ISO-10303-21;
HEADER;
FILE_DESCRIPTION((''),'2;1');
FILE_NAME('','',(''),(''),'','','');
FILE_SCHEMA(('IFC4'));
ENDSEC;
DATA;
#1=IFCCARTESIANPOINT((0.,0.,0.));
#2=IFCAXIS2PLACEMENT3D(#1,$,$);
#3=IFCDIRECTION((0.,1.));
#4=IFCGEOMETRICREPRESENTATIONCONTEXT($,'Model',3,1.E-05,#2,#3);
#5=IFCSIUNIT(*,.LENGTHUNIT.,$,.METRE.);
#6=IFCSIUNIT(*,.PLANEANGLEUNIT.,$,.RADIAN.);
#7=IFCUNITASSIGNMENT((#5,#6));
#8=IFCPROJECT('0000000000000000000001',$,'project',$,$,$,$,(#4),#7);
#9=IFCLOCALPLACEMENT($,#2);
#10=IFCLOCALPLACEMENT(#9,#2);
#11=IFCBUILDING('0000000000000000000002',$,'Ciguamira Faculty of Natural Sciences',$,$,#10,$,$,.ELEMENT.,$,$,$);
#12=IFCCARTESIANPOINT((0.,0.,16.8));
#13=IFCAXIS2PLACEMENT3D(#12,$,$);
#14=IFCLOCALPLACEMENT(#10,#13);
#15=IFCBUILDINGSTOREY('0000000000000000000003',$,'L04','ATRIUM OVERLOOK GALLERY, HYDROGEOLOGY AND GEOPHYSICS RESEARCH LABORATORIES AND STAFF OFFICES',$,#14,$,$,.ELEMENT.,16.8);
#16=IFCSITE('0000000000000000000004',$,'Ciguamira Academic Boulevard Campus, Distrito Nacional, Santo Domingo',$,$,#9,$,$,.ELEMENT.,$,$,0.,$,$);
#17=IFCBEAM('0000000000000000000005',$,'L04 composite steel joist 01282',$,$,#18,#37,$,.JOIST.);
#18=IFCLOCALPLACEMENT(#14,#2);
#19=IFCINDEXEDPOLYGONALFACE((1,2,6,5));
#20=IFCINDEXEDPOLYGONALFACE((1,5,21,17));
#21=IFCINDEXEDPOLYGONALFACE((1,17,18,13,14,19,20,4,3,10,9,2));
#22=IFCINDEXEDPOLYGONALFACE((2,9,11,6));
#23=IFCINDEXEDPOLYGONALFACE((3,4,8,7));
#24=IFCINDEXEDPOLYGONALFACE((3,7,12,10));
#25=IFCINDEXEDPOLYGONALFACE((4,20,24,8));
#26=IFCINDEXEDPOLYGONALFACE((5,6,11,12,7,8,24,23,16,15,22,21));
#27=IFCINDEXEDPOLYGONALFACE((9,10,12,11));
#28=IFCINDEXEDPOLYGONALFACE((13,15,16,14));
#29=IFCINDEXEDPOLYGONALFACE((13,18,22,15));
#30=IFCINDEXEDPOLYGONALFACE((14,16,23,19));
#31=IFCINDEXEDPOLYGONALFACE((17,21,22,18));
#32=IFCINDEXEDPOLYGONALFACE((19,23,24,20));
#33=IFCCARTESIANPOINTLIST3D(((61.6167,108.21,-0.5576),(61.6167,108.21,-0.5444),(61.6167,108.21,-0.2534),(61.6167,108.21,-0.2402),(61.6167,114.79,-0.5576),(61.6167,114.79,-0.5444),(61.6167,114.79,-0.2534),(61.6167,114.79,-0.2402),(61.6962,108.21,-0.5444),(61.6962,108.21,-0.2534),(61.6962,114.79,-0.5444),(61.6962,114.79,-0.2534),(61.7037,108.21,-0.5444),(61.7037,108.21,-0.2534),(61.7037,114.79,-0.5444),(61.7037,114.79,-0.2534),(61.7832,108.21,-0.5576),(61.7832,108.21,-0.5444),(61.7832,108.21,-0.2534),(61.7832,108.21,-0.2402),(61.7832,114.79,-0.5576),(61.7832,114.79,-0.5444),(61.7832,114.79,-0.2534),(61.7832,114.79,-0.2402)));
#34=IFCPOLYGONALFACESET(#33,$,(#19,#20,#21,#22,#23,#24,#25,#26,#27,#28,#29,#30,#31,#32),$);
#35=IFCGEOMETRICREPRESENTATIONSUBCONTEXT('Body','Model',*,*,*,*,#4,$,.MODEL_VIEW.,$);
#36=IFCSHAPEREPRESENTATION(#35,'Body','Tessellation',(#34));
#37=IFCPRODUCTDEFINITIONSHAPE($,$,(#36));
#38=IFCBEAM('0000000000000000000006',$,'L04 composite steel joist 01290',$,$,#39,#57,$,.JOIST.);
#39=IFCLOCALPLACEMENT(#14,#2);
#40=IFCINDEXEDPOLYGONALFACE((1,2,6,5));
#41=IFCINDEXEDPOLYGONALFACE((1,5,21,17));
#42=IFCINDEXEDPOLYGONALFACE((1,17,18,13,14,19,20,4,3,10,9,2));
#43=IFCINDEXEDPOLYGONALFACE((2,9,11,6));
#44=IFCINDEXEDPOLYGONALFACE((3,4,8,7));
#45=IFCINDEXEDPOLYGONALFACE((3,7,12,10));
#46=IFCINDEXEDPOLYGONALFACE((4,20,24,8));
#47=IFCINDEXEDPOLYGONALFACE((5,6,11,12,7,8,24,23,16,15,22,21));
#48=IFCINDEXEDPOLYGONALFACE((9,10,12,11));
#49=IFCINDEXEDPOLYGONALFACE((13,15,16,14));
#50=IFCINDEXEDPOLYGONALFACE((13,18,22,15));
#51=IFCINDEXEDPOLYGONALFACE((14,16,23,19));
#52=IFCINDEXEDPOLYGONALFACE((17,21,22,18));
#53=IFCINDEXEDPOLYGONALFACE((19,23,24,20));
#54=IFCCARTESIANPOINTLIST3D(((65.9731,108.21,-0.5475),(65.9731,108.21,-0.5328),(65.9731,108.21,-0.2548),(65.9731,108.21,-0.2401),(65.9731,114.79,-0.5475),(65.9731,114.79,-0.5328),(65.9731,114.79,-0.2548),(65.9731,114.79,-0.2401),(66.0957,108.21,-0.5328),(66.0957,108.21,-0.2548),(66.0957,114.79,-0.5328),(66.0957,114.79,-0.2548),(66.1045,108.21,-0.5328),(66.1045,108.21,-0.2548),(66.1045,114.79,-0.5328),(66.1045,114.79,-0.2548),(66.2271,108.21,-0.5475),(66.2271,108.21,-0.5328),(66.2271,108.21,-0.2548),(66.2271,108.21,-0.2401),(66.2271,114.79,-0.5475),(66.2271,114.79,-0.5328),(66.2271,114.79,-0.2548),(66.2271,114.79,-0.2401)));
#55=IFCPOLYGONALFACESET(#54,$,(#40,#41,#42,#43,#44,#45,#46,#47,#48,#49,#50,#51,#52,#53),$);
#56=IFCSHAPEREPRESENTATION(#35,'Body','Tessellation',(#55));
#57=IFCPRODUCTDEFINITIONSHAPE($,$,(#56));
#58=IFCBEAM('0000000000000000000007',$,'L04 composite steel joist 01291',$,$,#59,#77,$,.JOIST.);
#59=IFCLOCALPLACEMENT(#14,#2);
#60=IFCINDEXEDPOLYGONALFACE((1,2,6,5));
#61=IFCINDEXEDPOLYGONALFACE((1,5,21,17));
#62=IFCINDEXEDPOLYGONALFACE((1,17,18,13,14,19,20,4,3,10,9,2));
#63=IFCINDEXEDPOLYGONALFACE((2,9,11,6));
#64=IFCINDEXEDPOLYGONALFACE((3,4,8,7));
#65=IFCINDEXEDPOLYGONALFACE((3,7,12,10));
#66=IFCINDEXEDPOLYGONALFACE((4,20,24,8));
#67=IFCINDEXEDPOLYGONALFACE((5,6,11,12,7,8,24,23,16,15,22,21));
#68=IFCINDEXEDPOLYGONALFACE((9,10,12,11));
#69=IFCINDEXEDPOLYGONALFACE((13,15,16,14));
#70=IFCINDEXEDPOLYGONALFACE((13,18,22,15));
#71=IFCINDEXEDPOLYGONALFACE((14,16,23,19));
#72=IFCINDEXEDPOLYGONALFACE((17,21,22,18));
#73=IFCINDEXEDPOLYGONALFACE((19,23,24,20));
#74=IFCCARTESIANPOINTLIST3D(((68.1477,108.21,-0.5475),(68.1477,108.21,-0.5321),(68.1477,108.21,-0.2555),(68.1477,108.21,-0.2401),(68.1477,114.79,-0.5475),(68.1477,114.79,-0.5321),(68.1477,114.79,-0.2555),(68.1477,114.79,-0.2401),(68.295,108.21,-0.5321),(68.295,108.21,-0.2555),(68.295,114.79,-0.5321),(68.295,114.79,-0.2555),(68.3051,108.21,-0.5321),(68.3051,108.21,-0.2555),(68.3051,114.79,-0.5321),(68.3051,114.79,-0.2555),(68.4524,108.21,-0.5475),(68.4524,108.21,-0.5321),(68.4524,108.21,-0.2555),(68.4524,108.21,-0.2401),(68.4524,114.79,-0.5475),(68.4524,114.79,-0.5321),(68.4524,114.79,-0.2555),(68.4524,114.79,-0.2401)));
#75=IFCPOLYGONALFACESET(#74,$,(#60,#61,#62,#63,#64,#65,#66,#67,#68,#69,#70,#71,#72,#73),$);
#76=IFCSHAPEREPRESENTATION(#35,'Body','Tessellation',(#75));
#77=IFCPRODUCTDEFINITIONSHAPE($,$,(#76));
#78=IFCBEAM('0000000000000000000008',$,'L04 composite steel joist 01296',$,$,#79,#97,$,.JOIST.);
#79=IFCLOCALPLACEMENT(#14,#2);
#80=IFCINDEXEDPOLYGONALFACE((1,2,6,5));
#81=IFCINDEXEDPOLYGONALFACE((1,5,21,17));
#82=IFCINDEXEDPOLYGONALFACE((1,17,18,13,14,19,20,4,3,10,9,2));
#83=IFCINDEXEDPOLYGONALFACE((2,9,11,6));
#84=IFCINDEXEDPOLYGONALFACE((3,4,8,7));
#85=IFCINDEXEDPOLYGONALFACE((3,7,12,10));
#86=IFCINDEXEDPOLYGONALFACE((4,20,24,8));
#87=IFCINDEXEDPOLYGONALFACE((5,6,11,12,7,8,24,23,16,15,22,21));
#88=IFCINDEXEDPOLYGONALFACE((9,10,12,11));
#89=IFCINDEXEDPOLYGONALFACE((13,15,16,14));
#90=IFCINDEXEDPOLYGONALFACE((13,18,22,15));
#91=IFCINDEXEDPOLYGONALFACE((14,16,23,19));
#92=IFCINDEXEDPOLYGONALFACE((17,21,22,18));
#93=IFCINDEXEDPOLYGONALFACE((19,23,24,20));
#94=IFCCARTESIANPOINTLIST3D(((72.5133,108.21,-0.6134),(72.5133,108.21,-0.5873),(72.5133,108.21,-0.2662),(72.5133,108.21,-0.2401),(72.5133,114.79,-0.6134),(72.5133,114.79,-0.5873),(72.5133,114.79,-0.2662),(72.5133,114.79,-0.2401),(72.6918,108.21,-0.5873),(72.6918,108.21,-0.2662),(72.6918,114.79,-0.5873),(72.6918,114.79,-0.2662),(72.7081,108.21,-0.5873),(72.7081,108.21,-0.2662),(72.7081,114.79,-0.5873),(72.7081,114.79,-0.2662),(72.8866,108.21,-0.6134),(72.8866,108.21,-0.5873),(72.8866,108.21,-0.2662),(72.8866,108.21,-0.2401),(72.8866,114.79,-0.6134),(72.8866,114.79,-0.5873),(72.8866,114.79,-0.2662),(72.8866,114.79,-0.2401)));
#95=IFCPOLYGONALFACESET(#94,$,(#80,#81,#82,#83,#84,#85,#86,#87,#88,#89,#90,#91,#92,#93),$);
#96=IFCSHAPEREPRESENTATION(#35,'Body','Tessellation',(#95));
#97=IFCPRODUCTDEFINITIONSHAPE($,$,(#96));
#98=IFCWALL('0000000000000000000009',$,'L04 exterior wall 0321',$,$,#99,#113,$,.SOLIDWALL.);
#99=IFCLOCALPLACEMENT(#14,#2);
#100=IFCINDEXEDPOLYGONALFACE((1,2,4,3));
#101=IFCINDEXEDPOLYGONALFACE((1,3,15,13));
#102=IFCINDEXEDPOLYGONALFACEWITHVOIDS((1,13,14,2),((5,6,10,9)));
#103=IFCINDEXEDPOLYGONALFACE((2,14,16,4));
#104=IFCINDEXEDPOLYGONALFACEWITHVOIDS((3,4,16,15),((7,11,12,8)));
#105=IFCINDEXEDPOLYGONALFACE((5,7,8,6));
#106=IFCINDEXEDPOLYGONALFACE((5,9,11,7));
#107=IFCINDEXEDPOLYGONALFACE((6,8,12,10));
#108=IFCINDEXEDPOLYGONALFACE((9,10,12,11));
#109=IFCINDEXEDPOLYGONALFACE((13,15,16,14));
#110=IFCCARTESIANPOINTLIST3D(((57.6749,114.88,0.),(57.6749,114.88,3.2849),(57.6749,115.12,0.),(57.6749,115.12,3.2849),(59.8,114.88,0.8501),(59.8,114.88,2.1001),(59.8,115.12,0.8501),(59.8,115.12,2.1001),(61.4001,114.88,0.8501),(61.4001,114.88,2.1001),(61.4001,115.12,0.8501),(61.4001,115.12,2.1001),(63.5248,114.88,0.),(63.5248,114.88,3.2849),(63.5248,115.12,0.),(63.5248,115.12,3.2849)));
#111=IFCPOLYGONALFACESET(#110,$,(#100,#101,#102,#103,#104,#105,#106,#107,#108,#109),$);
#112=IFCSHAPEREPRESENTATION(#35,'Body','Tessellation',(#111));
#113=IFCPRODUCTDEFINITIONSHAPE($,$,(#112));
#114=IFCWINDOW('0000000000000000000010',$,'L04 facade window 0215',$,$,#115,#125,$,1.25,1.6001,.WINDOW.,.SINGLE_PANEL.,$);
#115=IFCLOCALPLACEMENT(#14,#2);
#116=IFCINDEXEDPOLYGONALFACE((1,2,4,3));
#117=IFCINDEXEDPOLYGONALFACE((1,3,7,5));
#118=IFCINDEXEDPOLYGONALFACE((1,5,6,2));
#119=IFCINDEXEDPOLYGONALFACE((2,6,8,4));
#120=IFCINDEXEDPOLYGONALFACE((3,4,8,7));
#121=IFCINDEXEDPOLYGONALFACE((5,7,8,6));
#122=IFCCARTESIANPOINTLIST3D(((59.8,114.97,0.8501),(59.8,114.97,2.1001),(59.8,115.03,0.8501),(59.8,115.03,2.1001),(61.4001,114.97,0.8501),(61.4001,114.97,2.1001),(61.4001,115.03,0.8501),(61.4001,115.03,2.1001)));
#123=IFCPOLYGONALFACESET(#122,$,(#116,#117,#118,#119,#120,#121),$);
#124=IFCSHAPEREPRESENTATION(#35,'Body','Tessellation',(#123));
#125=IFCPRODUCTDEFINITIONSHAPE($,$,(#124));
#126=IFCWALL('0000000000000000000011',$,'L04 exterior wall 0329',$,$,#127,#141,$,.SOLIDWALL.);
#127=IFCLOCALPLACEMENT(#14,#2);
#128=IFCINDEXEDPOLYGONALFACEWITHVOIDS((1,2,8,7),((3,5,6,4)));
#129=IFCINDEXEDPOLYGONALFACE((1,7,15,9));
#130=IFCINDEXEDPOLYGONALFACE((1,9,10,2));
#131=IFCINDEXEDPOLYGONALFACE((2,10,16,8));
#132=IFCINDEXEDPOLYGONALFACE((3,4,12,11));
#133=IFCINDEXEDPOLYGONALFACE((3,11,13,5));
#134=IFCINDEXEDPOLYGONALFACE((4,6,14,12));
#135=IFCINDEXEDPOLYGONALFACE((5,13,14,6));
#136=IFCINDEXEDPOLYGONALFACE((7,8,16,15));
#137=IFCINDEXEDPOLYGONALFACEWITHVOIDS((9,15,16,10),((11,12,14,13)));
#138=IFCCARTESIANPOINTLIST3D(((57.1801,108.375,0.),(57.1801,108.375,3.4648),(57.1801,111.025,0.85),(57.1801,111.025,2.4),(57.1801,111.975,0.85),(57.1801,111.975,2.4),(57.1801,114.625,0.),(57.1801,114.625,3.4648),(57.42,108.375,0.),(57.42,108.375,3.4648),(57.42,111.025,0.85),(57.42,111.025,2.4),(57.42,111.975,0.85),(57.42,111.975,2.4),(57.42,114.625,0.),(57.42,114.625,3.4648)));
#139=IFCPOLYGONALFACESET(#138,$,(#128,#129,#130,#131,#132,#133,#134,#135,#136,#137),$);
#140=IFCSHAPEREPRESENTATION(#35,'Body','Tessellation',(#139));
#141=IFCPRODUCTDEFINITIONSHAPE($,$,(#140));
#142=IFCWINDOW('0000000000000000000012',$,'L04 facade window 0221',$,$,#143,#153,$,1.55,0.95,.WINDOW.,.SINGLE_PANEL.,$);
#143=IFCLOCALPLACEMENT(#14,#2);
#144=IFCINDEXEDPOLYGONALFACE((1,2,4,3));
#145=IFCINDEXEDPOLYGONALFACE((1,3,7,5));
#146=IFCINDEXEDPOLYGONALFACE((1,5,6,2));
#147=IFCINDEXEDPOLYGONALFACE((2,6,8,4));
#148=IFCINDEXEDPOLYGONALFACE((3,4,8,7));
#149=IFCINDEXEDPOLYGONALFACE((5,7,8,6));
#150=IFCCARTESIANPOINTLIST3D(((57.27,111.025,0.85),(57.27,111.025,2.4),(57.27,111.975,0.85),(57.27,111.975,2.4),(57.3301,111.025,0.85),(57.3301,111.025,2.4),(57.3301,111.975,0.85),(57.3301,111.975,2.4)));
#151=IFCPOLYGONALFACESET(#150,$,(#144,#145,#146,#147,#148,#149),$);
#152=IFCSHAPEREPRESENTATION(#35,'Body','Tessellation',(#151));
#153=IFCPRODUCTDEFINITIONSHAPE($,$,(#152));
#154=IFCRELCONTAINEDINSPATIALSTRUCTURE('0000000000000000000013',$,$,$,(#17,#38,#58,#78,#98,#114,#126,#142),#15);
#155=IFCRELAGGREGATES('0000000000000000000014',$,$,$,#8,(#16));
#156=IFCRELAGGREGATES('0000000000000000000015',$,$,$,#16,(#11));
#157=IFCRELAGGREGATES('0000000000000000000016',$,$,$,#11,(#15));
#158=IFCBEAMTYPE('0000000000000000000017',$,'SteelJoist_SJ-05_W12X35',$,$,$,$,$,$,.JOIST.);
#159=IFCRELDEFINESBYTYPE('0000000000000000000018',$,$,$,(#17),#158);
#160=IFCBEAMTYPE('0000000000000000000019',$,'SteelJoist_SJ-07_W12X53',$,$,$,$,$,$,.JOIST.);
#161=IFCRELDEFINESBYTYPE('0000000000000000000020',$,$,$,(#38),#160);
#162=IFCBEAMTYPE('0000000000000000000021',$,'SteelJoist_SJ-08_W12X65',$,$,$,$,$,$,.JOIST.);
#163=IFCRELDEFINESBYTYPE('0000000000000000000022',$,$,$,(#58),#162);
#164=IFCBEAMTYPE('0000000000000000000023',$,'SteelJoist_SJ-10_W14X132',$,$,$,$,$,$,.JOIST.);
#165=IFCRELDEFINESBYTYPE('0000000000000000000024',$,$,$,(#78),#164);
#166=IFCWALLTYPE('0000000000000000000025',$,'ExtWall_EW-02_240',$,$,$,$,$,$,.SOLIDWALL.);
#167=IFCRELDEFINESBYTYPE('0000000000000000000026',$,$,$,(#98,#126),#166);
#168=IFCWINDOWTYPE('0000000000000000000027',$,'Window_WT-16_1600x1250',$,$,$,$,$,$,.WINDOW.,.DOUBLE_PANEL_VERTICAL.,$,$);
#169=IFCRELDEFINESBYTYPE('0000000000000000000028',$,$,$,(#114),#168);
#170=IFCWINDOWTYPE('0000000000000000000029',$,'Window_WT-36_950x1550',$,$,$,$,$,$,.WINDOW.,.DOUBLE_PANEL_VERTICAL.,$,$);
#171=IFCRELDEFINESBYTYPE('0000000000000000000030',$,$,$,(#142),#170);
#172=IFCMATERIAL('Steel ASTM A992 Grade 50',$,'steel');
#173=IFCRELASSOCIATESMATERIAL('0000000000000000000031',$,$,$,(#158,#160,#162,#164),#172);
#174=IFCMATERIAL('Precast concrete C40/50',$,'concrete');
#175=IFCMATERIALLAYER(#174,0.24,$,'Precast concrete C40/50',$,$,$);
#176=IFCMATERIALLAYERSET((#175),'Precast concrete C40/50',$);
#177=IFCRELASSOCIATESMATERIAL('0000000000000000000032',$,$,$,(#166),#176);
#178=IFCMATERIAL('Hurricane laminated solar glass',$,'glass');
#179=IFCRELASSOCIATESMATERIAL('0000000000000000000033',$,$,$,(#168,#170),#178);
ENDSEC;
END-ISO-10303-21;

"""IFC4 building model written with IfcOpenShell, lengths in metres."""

from ifc_helpers import new_model, si_unit, direction, frame, frame_2d, origin, origin_2d, place, context, subcontext, project, spatial, rectangle, i_section, extrude, material, layer, layer_set, material_profile, profile_set, type_object, element, fill, save


model = new_model("IFC4")

# Units and contexts
model_context = context("Model", 3, precision=1e-05, world=origin(), true_north=direction((0.0, 1.0)))
body_context = subcontext(model_context, "Body", "Model", "MODEL_VIEW")
ifc_project = project(units=[si_unit("LENGTHUNIT", "METRE"), si_unit("PLANEANGLEUNIT", "RADIAN")], contexts=[model_context])

# Site, building, storey
site_placement = place(None, origin())
site = spatial("IfcSite", under=ifc_project, at=site_placement, Name="Ciguamira Academic Boulevard Campus, Distrito Nacional, Santo Domingo", CompositionType="ELEMENT", RefElevation=0.0)
building_placement = place(site_placement, origin())
building = spatial("IfcBuilding", under=site, at=building_placement, Name="Ciguamira Faculty of Natural Sciences", CompositionType="ELEMENT")
storey_placement = place(building_placement, frame((0.0, 0.0, 16.8)))
storey = spatial("IfcBuildingStorey", under=building, at=storey_placement, Name="L04", Description="ATRIUM OVERLOOK GALLERY, HYDROGEOLOGY AND GEOPHYSICS RESEARCH LABORATORIES AND STAFF OFFICES", CompositionType="ELEMENT", Elevation=16.8)

# Beams
ifc_material_1 = material(Name="Precast concrete C40/50", Category="concrete")
ifc_material_2 = material(Name="Steel ASTM A992 Grade 50", Category="steel")
ifc_material_profile_1 = material_profile(ifc_material_2, i_section(OverallWidth=0.1665, OverallDepth=0.3174, WebThickness=0.0076, FlangeThickness=0.0132, at=origin_2d()), Name="W12X35")
ifc_profile_set_1 = profile_set([ifc_material_profile_1], Name="Steel ASTM A992 Grade 50")
beam_type_1 = type_object("IfcBeamType", Name="SteelJoist_SJ-05_W12X35", PredefinedType="JOIST", material=ifc_profile_set_1)
beam_1_placement = place(storey_placement, frame((61.7, 108.21, -0.3989), z_axis=(0.0, 1.0, 0.0), x_axis=(-1.0, 0.0, 0.0)))
element("IfcBeam", 1, at=beam_1_placement, inside=storey, type_object=beam_type_1, Name="L04 composite steel joist 01282", PredefinedType="JOIST", context=body_context, shape_type="SweptSolid", body=[
    extrude(i_section(OverallWidth=0.1665, OverallDepth=0.3174, WebThickness=0.0076, FlangeThickness=0.0132, at=origin_2d()), origin(), (0.0, 0.0, 1.0), 6.5801),
])
ifc_material_profile_2 = material_profile(ifc_material_2, i_section(OverallWidth=0.2539, OverallDepth=0.3074, WebThickness=0.0088, FlangeThickness=0.0146, at=origin_2d()), Name="W12X53")
ifc_profile_set_2 = profile_set([ifc_material_profile_2], Name="Steel ASTM A992 Grade 50")
beam_type_2 = type_object("IfcBeamType", Name="SteelJoist_SJ-07_W12X53", PredefinedType="JOIST", material=ifc_profile_set_2)
beam_2_placement = place(storey_placement, frame((66.1001, 108.21, -0.3938), z_axis=(0.0, 1.0, 0.0), x_axis=(-1.0, 0.0, 0.0)))
element("IfcBeam", 2, at=beam_2_placement, inside=storey, type_object=beam_type_2, Name="L04 composite steel joist 01290", PredefinedType="JOIST", context=body_context, shape_type="SweptSolid", body=[
    extrude(i_section(OverallWidth=0.2539, OverallDepth=0.3074, WebThickness=0.0088, FlangeThickness=0.0146, at=origin_2d()), origin(), (0.0, 0.0, 1.0), 6.5801),
])
ifc_material_profile_3 = material_profile(ifc_material_2, i_section(OverallWidth=0.3047, OverallDepth=0.3074, WebThickness=0.01, FlangeThickness=0.0154, at=origin_2d()), Name="W12X65")
ifc_profile_set_3 = profile_set([ifc_material_profile_3], Name="Steel ASTM A992 Grade 50")
beam_type_3 = type_object("IfcBeamType", Name="SteelJoist_SJ-08_W12X65", PredefinedType="JOIST", material=ifc_profile_set_3)
beam_3_placement = place(storey_placement, frame((68.3, 108.21, -0.3938), z_axis=(0.0, 1.0, 0.0), x_axis=(-1.0, 0.0, 0.0)))
element("IfcBeam", 3, at=beam_3_placement, inside=storey, type_object=beam_type_3, Name="L04 composite steel joist 01291", PredefinedType="JOIST", context=body_context, shape_type="SweptSolid", body=[
    extrude(i_section(OverallWidth=0.3047, OverallDepth=0.3074, WebThickness=0.01, FlangeThickness=0.0154, at=origin_2d()), origin(), (0.0, 0.0, 1.0), 6.5801),
])
ifc_material_profile_4 = material_profile(ifc_material_2, i_section(OverallWidth=0.3733, OverallDepth=0.3733, WebThickness=0.0164, FlangeThickness=0.0261, at=origin_2d()), Name="W14X132")
ifc_profile_set_4 = profile_set([ifc_material_profile_4], Name="Steel ASTM A992 Grade 50")
beam_type_4 = type_object("IfcBeamType", Name="SteelJoist_SJ-10_W14X132", PredefinedType="JOIST", material=ifc_profile_set_4)
beam_4_placement = place(storey_placement, frame((72.7, 108.21, -0.4268), z_axis=(0.0, 1.0, 0.0), x_axis=(-1.0, 0.0, 0.0)))
element("IfcBeam", 4, at=beam_4_placement, inside=storey, type_object=beam_type_4, Name="L04 composite steel joist 01296", PredefinedType="JOIST", context=body_context, shape_type="SweptSolid", body=[
    extrude(i_section(OverallWidth=0.3733, OverallDepth=0.3733, WebThickness=0.0164, FlangeThickness=0.0261, at=origin_2d()), origin(), (0.0, 0.0, 1.0), 6.5801),
])

# Walls, openings, windows
ifc_layer_1 = layer(ifc_material_1, 0.24, Name="Precast concrete C40/50")
ifc_layer_set_1 = layer_set([ifc_layer_1], Name="Precast concrete C40/50")
wall_type_1 = type_object("IfcWallType", Name="ExtWall_EW-02_240", PredefinedType="SOLIDWALL", material=ifc_layer_set_1)
wall_1_placement = place(storey_placement, frame((57.675, 115.0, 0.0), z_axis=(0.0, 0.0, 1.0), x_axis=(1.0, 0.0, 0.0)))
wall_1 = element("IfcWall", 5, at=wall_1_placement, inside=storey, type_object=wall_type_1, Name="L04 exterior wall 0321", PredefinedType="SOLIDWALL", context=body_context, shape_type="SweptSolid", body=[
    extrude(rectangle(XDim=5.8499, YDim=0.24, at=frame_2d((2.9248, 0.0))), origin(), (0.0, 0.0, 1.0), 3.2849),
])
opening_1_placement = place(wall_1_placement, frame((2.125, 0.0, 0.8501)))
opening_1 = element("IfcOpeningElement", 6, at=opening_1_placement, cuts=wall_1, PredefinedType="OPENING", context=body_context, shape_type="SweptSolid", body=[
    extrude(rectangle(XDim=1.6001, YDim=1.25, at=frame_2d((0.8, 0.625))), frame((0.0, 0.1299, 0.0), z_axis=(0.0, -1.0, 0.0), x_axis=(1.0, 0.0, 0.0)), (0.0, 0.0, 1.0), 0.26),
])
ifc_material_3 = material(Name="Hurricane laminated solar glass", Category="glass")
window_type_1 = type_object("IfcWindowType", Name="Window_WT-16_1600x1250", PartitioningType="DOUBLE_PANEL_VERTICAL", PredefinedType="WINDOW", material=ifc_material_3)
window_1_placement = place(opening_1_placement, origin())
window_1 = element("IfcWindow", 7, at=window_1_placement, inside=storey, type_object=window_type_1, Name="L04 facade window 0215", OverallHeight=1.25, OverallWidth=1.6001, PartitioningType="SINGLE_PANEL", PredefinedType="WINDOW", context=body_context, shape_type="SweptSolid", body=[
    extrude(rectangle(XDim=1.6001, YDim=1.25, at=frame_2d((0.8, 0.625))), frame((0.0, 0.03, 0.0), z_axis=(0.0, -1.0, 0.0), x_axis=(1.0, 0.0, 0.0)), (0.0, 0.0, 1.0), 0.0601),
])
fill(opening_1, window_1)
wall_2_placement = place(storey_placement, frame((57.3, 108.375, 0.0), z_axis=(0.0, 0.0, 1.0), x_axis=(0.0, 1.0, 0.0)))
wall_2 = element("IfcWall", 8, at=wall_2_placement, inside=storey, type_object=wall_type_1, Name="L04 exterior wall 0329", PredefinedType="SOLIDWALL", context=body_context, shape_type="SweptSolid", body=[
    extrude(rectangle(XDim=6.25, YDim=0.24, at=frame_2d((3.125, 0.0))), origin(), (0.0, 0.0, 1.0), 3.4648),
])
opening_2_placement = place(wall_2_placement, frame((2.6499, 0.0, 0.8501)))
opening_2 = element("IfcOpeningElement", 9, at=opening_2_placement, cuts=wall_2, PredefinedType="OPENING", context=body_context, shape_type="SweptSolid", body=[
    extrude(rectangle(XDim=0.95, YDim=1.55, at=frame_2d((0.4751, 0.7749))), frame((0.0, 0.1299, 0.0), z_axis=(0.0, -1.0, 0.0), x_axis=(1.0, 0.0, 0.0)), (0.0, 0.0, 1.0), 0.26),
])
window_type_2 = type_object("IfcWindowType", Name="Window_WT-36_950x1550", PartitioningType="DOUBLE_PANEL_VERTICAL", PredefinedType="WINDOW", material=ifc_material_3)
window_2_placement = place(opening_2_placement, origin())
window_2 = element("IfcWindow", 10, at=window_2_placement, inside=storey, type_object=window_type_2, Name="L04 facade window 0221", OverallHeight=1.55, OverallWidth=0.95, PartitioningType="SINGLE_PANEL", PredefinedType="WINDOW", context=body_context, shape_type="SweptSolid", body=[
    extrude(rectangle(XDim=0.95, YDim=1.55, at=frame_2d((0.4751, 0.7749))), frame((0.0, 0.03, 0.0), z_axis=(0.0, -1.0, 0.0), x_axis=(1.0, 0.0, 0.0)), (0.0, 0.0, 1.0), 0.0601),
])
fill(opening_2, window_2)

save(model, "model.ifc")
